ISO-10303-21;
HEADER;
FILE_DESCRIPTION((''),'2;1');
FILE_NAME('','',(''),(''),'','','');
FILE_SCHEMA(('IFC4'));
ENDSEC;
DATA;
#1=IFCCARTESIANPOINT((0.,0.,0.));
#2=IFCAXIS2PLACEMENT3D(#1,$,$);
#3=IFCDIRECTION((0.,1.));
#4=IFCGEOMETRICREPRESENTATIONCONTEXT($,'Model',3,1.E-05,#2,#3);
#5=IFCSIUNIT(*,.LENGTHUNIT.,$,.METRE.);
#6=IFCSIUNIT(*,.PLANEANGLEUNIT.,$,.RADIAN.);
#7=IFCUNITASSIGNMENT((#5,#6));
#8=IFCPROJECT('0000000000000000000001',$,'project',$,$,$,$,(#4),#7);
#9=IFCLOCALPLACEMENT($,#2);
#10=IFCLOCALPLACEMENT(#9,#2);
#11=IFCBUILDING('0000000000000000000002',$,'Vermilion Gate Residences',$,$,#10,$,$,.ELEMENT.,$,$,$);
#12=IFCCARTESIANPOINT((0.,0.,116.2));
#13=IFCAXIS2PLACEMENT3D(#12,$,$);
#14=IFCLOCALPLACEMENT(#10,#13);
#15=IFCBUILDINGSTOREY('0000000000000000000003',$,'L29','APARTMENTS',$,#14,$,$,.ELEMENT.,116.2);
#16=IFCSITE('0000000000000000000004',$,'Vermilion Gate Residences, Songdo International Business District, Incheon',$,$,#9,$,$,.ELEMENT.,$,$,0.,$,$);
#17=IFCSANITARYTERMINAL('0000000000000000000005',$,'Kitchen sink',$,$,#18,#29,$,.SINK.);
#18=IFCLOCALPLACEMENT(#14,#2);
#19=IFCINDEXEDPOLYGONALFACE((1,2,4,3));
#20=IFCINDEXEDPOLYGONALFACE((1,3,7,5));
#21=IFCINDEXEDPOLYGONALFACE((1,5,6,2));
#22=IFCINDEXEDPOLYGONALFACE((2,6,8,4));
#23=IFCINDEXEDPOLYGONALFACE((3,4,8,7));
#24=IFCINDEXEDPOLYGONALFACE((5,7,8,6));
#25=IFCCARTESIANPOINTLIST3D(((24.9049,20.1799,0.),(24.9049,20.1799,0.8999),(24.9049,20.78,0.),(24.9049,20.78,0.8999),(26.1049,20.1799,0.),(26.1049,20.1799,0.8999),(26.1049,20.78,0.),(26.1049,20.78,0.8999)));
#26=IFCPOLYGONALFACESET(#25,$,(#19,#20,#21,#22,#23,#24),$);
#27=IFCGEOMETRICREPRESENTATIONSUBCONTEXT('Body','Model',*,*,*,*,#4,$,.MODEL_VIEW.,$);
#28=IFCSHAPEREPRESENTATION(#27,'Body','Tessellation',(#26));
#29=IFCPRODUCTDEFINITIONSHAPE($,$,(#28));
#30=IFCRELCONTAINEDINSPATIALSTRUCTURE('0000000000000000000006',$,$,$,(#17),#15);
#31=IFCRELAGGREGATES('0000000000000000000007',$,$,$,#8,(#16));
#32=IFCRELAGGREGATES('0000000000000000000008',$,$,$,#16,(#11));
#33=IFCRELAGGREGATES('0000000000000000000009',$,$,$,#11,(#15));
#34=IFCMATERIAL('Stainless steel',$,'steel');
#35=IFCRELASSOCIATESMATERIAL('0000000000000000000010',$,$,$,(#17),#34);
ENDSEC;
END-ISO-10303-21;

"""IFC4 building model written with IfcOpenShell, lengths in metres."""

from ifc_helpers import new_model, si_unit, direction, frame, origin, origin_2d, place, context, subcontext, project, spatial, rectangle, extrude, material, element, save


model = new_model("IFC4")

# Units and contexts
model_context = context("Model", 3, precision=1e-05, world=origin(), true_north=direction((0.0, 1.0)))
body_context = subcontext(model_context, "Body", "Model", "MODEL_VIEW")
ifc_project = project(units=[si_unit("LENGTHUNIT", "METRE"), si_unit("PLANEANGLEUNIT", "RADIAN")], contexts=[model_context])

# Site, building, storey
site_placement = place(None, origin())
site = spatial("IfcSite", under=ifc_project, at=site_placement, Name="Vermilion Gate Residences, Songdo International Business District, Incheon", CompositionType="ELEMENT", RefElevation=0.0)
building_placement = place(site_placement, origin())
building = spatial("IfcBuilding", under=site, at=building_placement, Name="Vermilion Gate Residences", CompositionType="ELEMENT")
storey_placement = place(building_placement, frame((0.0, 0.0, 116.2)))
storey = spatial("IfcBuildingStorey", under=building, at=storey_placement, Name="L29", Description="APARTMENTS", CompositionType="ELEMENT", Elevation=116.2)

# Sanitary terminal
ifc_material_1 = material(Name="Stainless steel", Category="steel")
sanitary_terminal_1_placement = place(storey_placement, frame((25.5049, 20.48, 0.0), z_axis=(0.0, 0.0, 1.0), x_axis=(1.0, 0.0, 0.0)))
element("IfcSanitaryTerminal", 1, at=sanitary_terminal_1_placement, inside=storey, material=ifc_material_1, Name="Kitchen sink", PredefinedType="SINK", context=body_context, shape_type="SweptSolid", body=[
    extrude(rectangle(XDim=1.2, YDim=0.6001, at=origin_2d()), origin(), (0.0, 0.0, 1.0), 0.8999),
])

save(model, "model.ifc")
